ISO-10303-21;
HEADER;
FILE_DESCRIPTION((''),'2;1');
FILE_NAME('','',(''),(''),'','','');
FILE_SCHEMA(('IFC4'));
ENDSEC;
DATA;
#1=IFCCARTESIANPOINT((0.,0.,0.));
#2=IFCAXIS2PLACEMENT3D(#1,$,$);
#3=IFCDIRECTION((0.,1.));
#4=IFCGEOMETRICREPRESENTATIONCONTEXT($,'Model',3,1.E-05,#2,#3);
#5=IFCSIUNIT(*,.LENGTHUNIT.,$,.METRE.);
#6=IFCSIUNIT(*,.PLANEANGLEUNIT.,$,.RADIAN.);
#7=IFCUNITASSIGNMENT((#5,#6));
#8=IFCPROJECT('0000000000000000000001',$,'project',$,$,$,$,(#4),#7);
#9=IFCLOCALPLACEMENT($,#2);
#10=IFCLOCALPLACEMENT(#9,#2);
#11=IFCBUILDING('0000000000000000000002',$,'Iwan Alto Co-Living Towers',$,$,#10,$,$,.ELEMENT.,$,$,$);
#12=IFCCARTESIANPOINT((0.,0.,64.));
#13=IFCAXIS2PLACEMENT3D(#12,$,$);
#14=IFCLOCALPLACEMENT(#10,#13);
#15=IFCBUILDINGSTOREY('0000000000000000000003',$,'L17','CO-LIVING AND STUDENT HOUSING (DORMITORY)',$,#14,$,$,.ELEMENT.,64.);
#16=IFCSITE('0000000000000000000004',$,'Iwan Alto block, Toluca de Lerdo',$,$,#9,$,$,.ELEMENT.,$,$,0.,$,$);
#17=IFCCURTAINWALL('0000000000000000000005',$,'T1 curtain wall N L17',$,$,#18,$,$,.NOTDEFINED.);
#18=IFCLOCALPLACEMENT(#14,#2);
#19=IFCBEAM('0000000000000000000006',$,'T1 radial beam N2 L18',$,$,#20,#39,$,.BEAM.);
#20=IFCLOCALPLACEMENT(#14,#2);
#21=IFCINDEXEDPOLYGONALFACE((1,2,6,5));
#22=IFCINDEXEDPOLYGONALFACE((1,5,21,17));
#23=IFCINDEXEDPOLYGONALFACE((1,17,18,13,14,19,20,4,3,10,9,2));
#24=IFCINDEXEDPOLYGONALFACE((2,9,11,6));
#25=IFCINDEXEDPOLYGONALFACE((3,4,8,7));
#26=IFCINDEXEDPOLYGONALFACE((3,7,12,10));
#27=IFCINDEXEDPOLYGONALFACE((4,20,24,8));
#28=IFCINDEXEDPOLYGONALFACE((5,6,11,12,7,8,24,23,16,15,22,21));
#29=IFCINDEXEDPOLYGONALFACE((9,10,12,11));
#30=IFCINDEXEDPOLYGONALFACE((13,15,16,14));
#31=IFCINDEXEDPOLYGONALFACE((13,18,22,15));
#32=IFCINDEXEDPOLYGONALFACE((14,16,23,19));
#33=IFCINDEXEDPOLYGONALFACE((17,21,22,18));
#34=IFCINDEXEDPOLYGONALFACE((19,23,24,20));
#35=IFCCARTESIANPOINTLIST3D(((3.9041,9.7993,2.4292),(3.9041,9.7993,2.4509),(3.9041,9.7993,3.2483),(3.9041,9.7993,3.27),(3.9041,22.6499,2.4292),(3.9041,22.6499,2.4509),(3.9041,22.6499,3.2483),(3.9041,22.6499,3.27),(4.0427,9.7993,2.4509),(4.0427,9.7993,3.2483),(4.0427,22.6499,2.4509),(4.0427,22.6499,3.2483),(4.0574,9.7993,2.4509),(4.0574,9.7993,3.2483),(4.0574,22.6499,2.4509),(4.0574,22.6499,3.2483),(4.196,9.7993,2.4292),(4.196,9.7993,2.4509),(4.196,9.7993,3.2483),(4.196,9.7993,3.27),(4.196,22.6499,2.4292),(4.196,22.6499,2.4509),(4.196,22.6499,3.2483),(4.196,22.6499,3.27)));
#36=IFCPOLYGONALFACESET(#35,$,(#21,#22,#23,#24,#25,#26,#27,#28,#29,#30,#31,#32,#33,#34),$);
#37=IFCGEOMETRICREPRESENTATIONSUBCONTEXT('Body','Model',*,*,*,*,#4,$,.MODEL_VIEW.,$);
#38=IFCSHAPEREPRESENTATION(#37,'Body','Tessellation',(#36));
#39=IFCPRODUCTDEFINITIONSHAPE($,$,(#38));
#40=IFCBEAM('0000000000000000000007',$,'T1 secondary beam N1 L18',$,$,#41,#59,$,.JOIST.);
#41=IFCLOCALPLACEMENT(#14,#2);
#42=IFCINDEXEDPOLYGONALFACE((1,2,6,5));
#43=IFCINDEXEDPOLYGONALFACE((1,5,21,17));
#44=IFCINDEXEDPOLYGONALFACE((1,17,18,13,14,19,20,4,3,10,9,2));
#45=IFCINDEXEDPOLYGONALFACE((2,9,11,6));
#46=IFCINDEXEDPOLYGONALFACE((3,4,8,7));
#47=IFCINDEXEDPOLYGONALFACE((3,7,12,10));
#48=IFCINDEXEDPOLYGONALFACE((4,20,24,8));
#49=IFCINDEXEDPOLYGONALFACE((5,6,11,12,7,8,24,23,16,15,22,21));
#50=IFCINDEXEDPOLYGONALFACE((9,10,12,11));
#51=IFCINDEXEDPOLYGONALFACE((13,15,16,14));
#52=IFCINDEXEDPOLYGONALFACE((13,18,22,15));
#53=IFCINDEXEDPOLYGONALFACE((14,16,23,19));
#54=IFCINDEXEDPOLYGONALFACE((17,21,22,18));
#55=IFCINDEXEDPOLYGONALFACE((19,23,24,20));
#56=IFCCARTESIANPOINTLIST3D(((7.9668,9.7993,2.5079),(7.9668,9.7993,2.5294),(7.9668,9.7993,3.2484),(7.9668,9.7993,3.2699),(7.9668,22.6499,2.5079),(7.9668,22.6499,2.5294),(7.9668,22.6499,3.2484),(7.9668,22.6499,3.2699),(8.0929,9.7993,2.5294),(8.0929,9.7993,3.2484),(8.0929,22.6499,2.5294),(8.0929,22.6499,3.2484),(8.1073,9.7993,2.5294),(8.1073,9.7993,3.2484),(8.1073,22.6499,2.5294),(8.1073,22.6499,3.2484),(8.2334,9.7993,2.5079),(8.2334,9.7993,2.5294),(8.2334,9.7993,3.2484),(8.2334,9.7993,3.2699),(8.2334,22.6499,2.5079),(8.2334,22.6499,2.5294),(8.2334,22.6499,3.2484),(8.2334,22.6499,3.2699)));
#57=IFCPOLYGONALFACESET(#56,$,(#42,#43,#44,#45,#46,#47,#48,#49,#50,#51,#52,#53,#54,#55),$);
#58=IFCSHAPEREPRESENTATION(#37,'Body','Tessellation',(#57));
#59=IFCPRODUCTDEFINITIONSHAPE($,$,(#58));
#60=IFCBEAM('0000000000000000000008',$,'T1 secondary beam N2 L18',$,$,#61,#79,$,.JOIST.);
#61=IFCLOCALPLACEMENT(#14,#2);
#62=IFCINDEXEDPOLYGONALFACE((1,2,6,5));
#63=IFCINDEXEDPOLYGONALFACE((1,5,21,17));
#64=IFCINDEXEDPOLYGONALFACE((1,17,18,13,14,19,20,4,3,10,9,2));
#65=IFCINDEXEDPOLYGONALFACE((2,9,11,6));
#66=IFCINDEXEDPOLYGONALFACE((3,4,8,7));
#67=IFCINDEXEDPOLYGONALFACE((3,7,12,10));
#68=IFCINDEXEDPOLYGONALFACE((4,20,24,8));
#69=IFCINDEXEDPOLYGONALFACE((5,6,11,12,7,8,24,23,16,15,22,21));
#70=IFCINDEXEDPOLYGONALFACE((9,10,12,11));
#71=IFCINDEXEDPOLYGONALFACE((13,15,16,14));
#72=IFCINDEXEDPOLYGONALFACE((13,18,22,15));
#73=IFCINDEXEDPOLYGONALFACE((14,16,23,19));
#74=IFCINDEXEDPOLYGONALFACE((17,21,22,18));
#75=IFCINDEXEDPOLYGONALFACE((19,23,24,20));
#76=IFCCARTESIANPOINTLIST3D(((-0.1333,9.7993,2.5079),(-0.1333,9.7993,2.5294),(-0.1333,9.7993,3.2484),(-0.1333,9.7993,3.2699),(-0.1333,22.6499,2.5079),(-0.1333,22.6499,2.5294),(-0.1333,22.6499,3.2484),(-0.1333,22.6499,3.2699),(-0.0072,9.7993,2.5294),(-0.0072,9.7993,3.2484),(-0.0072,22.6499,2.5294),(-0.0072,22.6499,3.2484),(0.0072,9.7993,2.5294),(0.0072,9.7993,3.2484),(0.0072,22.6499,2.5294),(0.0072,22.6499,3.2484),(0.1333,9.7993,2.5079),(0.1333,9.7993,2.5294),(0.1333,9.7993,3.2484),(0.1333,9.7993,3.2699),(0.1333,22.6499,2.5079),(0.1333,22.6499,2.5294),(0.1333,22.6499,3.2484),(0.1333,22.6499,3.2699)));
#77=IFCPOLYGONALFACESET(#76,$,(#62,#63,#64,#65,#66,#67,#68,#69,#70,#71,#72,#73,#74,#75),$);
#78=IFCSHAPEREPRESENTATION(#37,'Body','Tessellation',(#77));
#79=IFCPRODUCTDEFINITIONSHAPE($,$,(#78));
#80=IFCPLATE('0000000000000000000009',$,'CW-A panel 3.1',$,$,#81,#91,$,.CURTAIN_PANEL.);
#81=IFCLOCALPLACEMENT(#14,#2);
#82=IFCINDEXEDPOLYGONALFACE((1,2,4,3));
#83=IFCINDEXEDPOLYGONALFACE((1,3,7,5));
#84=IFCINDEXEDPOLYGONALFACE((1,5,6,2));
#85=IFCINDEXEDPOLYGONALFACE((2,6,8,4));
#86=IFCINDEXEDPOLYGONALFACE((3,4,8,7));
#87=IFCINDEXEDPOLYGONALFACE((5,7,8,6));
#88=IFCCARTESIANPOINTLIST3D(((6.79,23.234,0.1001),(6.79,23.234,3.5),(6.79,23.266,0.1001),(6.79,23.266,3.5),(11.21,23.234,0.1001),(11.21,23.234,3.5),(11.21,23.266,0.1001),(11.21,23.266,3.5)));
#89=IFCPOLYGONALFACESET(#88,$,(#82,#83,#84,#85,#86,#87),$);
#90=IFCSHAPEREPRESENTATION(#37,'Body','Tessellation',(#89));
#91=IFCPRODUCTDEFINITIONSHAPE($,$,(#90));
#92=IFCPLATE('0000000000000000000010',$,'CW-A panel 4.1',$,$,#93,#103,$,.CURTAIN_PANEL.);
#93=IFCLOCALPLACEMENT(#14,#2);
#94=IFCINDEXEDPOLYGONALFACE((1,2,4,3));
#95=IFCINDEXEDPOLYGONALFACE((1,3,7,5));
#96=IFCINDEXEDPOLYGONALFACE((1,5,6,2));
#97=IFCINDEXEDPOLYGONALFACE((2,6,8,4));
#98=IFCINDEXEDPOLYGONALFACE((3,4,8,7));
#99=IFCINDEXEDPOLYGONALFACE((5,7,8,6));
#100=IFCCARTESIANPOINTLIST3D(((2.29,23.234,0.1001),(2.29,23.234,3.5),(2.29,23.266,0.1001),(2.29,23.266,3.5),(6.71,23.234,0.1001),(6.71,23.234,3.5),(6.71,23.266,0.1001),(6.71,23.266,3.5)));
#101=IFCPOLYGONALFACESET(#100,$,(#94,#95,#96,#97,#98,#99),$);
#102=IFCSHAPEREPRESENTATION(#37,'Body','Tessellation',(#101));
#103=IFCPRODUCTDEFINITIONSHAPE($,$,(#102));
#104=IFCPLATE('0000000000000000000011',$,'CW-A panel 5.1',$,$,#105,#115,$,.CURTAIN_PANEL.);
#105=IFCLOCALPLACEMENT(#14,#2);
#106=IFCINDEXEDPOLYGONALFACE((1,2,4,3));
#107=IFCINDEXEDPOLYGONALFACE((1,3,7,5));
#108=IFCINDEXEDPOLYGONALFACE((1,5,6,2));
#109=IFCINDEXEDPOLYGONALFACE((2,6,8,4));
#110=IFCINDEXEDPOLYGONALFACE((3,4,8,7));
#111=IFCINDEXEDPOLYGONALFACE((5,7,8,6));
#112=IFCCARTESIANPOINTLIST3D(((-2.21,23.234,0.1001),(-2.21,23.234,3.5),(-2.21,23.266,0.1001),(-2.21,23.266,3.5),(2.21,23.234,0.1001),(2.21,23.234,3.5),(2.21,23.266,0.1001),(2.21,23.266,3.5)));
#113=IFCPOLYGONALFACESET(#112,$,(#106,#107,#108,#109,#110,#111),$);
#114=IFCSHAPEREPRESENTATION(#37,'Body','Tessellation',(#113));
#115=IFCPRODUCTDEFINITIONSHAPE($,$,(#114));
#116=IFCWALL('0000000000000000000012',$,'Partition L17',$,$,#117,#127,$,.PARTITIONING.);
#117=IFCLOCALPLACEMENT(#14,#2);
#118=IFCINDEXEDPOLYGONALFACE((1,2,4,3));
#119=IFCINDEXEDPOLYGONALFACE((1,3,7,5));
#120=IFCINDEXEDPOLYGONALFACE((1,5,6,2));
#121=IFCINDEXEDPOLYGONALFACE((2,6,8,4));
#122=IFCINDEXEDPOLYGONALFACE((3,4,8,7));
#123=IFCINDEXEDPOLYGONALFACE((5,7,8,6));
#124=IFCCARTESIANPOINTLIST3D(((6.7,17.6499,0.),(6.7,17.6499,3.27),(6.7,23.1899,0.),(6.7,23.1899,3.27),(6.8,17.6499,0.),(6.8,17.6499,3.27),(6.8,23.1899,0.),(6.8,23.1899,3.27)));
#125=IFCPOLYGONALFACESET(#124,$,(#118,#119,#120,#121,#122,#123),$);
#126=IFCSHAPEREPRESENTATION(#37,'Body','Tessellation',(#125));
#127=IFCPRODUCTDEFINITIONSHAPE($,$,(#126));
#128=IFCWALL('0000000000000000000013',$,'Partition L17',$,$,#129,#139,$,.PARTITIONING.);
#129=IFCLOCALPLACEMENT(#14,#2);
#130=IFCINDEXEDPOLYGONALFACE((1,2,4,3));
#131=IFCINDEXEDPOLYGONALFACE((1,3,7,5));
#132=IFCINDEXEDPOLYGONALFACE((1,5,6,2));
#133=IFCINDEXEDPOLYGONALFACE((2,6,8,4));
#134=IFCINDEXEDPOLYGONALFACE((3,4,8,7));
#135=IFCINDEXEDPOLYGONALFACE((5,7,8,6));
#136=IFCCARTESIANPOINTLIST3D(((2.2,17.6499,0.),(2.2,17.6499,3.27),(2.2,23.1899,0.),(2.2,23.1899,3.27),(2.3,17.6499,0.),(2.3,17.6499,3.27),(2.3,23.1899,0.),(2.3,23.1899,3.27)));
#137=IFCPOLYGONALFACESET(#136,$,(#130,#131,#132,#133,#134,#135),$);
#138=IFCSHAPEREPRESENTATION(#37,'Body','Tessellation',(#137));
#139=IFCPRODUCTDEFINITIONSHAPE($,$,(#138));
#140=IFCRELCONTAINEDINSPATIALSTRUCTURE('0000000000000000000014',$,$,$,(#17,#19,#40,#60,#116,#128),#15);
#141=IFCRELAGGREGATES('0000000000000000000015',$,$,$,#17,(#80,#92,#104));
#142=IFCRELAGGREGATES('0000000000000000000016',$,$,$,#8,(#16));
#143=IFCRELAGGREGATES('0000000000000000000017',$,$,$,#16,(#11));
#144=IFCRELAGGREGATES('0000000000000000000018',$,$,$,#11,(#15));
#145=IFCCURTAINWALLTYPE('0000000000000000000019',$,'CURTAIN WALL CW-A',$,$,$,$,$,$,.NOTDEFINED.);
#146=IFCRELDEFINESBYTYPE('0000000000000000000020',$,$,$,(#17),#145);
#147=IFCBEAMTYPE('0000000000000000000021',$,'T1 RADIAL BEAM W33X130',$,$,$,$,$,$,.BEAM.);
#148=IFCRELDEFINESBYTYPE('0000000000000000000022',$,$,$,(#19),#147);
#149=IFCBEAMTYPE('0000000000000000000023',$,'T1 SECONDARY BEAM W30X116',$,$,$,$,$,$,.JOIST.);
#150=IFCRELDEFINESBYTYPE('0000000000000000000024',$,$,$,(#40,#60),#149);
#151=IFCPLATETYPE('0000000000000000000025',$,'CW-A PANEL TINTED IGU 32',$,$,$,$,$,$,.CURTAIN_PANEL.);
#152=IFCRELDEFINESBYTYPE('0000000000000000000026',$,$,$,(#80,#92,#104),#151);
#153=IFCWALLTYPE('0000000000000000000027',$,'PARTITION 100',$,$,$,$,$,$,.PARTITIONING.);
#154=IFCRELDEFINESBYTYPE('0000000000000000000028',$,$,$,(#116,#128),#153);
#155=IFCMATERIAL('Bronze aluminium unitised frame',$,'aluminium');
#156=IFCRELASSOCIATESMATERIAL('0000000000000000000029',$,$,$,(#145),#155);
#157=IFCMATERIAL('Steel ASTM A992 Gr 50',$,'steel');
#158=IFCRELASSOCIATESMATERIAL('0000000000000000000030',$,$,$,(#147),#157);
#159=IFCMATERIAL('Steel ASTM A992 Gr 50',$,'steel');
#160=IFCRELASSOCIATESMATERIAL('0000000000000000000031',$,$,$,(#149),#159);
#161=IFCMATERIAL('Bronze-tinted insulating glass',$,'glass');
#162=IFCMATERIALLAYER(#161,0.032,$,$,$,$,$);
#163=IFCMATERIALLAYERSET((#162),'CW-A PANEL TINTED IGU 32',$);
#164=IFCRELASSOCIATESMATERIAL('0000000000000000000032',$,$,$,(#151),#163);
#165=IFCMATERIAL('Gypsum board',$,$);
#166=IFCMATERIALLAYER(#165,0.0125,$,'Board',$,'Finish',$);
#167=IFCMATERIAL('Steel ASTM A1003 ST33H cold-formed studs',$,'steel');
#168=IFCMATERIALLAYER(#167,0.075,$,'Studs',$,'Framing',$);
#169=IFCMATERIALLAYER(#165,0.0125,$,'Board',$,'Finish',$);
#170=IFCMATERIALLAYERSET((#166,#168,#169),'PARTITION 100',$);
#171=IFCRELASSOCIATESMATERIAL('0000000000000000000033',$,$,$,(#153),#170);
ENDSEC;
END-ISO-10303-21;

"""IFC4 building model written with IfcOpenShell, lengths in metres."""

from ifc_helpers import new_model, si_unit, direction, frame, frame_2d, origin, origin_2d, place, context, subcontext, project, spatial, rectangle, i_section, extrude, material, layer, layer_set, material_profile, profile_set, type_object, element, aggregate, save


model = new_model("IFC4")

# Units and contexts
model_context = context("Model", 3, precision=1e-05, world=origin(), true_north=direction((0.0, 1.0)))
body_context = subcontext(model_context, "Body", "Model", "MODEL_VIEW")
ifc_project = project(units=[si_unit("LENGTHUNIT", "METRE"), si_unit("PLANEANGLEUNIT", "RADIAN")], contexts=[model_context])

# Site, building, storey
site_placement = place(None, origin())
site = spatial("IfcSite", under=ifc_project, at=site_placement, Name="Iwan Alto block, Toluca de Lerdo", CompositionType="ELEMENT", RefElevation=0.0)
building_placement = place(site_placement, origin())
building = spatial("IfcBuilding", under=site, at=building_placement, Name="Iwan Alto Co-Living Towers", CompositionType="ELEMENT")
storey_placement = place(building_placement, frame((0.0, 0.0, 64.0)))
storey = spatial("IfcBuildingStorey", under=building, at=storey_placement, Name="L17", Description="CO-LIVING AND STUDENT HOUSING (DORMITORY)", CompositionType="ELEMENT", Elevation=64.0)

# Curtain wall
ifc_material_1 = material(Name="Bronze aluminium unitised frame", Category="aluminium")
curtain_wall_type = type_object("IfcCurtainWallType", Name="CURTAIN WALL CW-A", PredefinedType="NOTDEFINED", material=ifc_material_1)
curtain_wall_placement = place(storey_placement, origin())
curtain_wall = element("IfcCurtainWall", 1, at=curtain_wall_placement, inside=storey, type_object=curtain_wall_type, Name="T1 curtain wall N L17", PredefinedType="NOTDEFINED")

# Beams
ifc_material_2 = material(Name="Steel ASTM A992 Gr 50", Category="steel")
ifc_material_profile_1 = material_profile(ifc_material_2, i_section(OverallWidth=0.292, OverallDepth=0.8408, WebThickness=0.0146, FlangeThickness=0.0217, at=origin_2d()), Name="W33X130")
ifc_profile_set_1 = profile_set([ifc_material_profile_1], Name="Steel ASTM A992 Gr 50")
beam_type_1 = type_object("IfcBeamType", Name="T1 RADIAL BEAM W33X130", PredefinedType="BEAM", material=ifc_profile_set_1)
beam_1_placement = place(storey_placement, frame((4.05, 22.6499, 2.8496), z_axis=(0.0, -1.0, 0.0), x_axis=(1.0, 0.0, 0.0)))
element("IfcBeam", 2, at=beam_1_placement, inside=storey, type_object=beam_type_1, Name="T1 radial beam N2 L18", PredefinedType="BEAM", context=body_context, shape_type="SweptSolid", body=[
    extrude(i_section(OverallWidth=0.292, OverallDepth=0.8408, WebThickness=0.0146, FlangeThickness=0.0217, at=origin_2d()), origin(), (0.0, 0.0, 1.0), 12.8506),
])
ifc_material_3 = material(Name="Steel ASTM A992 Gr 50", Category="steel")
ifc_material_profile_2 = material_profile(ifc_material_3, i_section(OverallWidth=0.2666, OverallDepth=0.762, WebThickness=0.0144, FlangeThickness=0.0215, at=origin_2d()), Name="W30X116")
ifc_profile_set_2 = profile_set([ifc_material_profile_2], Name="Steel ASTM A992 Gr 50")
beam_type_2 = type_object("IfcBeamType", Name="T1 SECONDARY BEAM W30X116", PredefinedType="JOIST", material=ifc_profile_set_2)
for number, where, z_axis, x_axis, name in (
    (3, (8.1001, 22.6499, 2.8889), (0.0, -1.0, 0.0), (1.0, 0.0, 0.0), "T1 secondary beam N1 L18"),
    (4, (0.0, 22.6499, 2.8889), (0.0, -1.0, 0.0), (1.0, 0.0, 0.0), "T1 secondary beam N2 L18"),
):
    element("IfcBeam", number, at=place(storey_placement, frame(where, z_axis=z_axis, x_axis=x_axis)), inside=storey, type_object=beam_type_2, Name=name, PredefinedType="JOIST", context=body_context, shape_type="SweptSolid", body=[
        extrude(i_section(OverallWidth=0.2666, OverallDepth=0.762, WebThickness=0.0144, FlangeThickness=0.0215, at=origin_2d()), origin(), (0.0, 0.0, 1.0), 12.8506),
    ])

# Plates
ifc_material_4 = material(Name="Bronze-tinted insulating glass", Category="glass")
ifc_layer_1 = layer(ifc_material_4, 0.032)
ifc_layer_set_1 = layer_set([ifc_layer_1], Name="CW-A PANEL TINTED IGU 32")
plate_type = type_object("IfcPlateType", Name="CW-A PANEL TINTED IGU 32", PredefinedType="CURTAIN_PANEL", material=ifc_layer_set_1)
plate_1_placement = place(storey_placement, frame((9.0, 23.25, 0.1001), z_axis=(0.0, 0.0, 1.0), x_axis=(-1.0, 0.0, 0.0)))
plate_1 = element("IfcPlate", 5, at=plate_1_placement, type_object=plate_type, Name="CW-A panel 3.1", PredefinedType="CURTAIN_PANEL", context=body_context, shape_type="SweptSolid", body=[
    extrude(rectangle(XDim=4.4199, YDim=0.032, at=origin_2d()), origin(), (0.0, 0.0, 1.0), 3.3999),
])
plate_2_placement = place(storey_placement, frame((4.5, 23.25, 0.1001), z_axis=(0.0, 0.0, 1.0), x_axis=(-1.0, 0.0, 0.0)))
plate_2 = element("IfcPlate", 6, at=plate_2_placement, type_object=plate_type, Name="CW-A panel 4.1", PredefinedType="CURTAIN_PANEL", context=body_context, shape_type="SweptSolid", body=[
    extrude(rectangle(XDim=4.4199, YDim=0.032, at=origin_2d()), origin(), (0.0, 0.0, 1.0), 3.3999),
])
plate_3_placement = place(storey_placement, frame((0.0, 23.25, 0.1001), z_axis=(0.0, 0.0, 1.0), x_axis=(-1.0, 0.0, 0.0)))
plate_3 = element("IfcPlate", 7, at=plate_3_placement, type_object=plate_type, Name="CW-A panel 5.1", PredefinedType="CURTAIN_PANEL", context=body_context, shape_type="SweptSolid", body=[
    extrude(rectangle(XDim=4.4199, YDim=0.032, at=origin_2d()), origin(), (0.0, 0.0, 1.0), 3.3999),
])
aggregate(curtain_wall, [plate_1, plate_2, plate_3])

# Walls
ifc_material_5 = material(Name="Gypsum board")
ifc_layer_2 = layer(ifc_material_5, 0.0125, Name="Board", Category="Finish")
ifc_material_6 = material(Name="Steel ASTM A1003 ST33H cold-formed studs", Category="steel")
ifc_layer_3 = layer(ifc_material_6, 0.075, Name="Studs", Category="Framing")
ifc_layer_4 = layer(ifc_material_5, 0.0125, Name="Board", Category="Finish")
ifc_layer_set_2 = layer_set([ifc_layer_2, ifc_layer_3, ifc_layer_4], Name="PARTITION 100")
wall_type_1 = type_object("IfcWallType", Name="PARTITION 100", PredefinedType="PARTITIONING", material=ifc_layer_set_2)
for number, where, z_axis, x_axis, name in (
    (8, (6.75, 17.6499, 0.0), (0.0, 0.0, 1.0), (0.0, 1.0, 0.0), "Partition L17"),
    (9, (2.25, 17.6499, 0.0), (0.0, 0.0, 1.0), (0.0, 1.0, 0.0), "Partition L17"),
):
    element("IfcWall", number, at=place(storey_placement, frame(where, z_axis=z_axis, x_axis=x_axis)), inside=storey, type_object=wall_type_1, Name=name, PredefinedType="PARTITIONING", context=body_context, shape_type="SweptSolid", body=[
        extrude(rectangle(XDim=5.54, YDim=0.1001, at=frame_2d((2.77, 0.0))), origin(), (0.0, 0.0, 1.0), 3.27),
    ])

save(model, "model.ifc")
